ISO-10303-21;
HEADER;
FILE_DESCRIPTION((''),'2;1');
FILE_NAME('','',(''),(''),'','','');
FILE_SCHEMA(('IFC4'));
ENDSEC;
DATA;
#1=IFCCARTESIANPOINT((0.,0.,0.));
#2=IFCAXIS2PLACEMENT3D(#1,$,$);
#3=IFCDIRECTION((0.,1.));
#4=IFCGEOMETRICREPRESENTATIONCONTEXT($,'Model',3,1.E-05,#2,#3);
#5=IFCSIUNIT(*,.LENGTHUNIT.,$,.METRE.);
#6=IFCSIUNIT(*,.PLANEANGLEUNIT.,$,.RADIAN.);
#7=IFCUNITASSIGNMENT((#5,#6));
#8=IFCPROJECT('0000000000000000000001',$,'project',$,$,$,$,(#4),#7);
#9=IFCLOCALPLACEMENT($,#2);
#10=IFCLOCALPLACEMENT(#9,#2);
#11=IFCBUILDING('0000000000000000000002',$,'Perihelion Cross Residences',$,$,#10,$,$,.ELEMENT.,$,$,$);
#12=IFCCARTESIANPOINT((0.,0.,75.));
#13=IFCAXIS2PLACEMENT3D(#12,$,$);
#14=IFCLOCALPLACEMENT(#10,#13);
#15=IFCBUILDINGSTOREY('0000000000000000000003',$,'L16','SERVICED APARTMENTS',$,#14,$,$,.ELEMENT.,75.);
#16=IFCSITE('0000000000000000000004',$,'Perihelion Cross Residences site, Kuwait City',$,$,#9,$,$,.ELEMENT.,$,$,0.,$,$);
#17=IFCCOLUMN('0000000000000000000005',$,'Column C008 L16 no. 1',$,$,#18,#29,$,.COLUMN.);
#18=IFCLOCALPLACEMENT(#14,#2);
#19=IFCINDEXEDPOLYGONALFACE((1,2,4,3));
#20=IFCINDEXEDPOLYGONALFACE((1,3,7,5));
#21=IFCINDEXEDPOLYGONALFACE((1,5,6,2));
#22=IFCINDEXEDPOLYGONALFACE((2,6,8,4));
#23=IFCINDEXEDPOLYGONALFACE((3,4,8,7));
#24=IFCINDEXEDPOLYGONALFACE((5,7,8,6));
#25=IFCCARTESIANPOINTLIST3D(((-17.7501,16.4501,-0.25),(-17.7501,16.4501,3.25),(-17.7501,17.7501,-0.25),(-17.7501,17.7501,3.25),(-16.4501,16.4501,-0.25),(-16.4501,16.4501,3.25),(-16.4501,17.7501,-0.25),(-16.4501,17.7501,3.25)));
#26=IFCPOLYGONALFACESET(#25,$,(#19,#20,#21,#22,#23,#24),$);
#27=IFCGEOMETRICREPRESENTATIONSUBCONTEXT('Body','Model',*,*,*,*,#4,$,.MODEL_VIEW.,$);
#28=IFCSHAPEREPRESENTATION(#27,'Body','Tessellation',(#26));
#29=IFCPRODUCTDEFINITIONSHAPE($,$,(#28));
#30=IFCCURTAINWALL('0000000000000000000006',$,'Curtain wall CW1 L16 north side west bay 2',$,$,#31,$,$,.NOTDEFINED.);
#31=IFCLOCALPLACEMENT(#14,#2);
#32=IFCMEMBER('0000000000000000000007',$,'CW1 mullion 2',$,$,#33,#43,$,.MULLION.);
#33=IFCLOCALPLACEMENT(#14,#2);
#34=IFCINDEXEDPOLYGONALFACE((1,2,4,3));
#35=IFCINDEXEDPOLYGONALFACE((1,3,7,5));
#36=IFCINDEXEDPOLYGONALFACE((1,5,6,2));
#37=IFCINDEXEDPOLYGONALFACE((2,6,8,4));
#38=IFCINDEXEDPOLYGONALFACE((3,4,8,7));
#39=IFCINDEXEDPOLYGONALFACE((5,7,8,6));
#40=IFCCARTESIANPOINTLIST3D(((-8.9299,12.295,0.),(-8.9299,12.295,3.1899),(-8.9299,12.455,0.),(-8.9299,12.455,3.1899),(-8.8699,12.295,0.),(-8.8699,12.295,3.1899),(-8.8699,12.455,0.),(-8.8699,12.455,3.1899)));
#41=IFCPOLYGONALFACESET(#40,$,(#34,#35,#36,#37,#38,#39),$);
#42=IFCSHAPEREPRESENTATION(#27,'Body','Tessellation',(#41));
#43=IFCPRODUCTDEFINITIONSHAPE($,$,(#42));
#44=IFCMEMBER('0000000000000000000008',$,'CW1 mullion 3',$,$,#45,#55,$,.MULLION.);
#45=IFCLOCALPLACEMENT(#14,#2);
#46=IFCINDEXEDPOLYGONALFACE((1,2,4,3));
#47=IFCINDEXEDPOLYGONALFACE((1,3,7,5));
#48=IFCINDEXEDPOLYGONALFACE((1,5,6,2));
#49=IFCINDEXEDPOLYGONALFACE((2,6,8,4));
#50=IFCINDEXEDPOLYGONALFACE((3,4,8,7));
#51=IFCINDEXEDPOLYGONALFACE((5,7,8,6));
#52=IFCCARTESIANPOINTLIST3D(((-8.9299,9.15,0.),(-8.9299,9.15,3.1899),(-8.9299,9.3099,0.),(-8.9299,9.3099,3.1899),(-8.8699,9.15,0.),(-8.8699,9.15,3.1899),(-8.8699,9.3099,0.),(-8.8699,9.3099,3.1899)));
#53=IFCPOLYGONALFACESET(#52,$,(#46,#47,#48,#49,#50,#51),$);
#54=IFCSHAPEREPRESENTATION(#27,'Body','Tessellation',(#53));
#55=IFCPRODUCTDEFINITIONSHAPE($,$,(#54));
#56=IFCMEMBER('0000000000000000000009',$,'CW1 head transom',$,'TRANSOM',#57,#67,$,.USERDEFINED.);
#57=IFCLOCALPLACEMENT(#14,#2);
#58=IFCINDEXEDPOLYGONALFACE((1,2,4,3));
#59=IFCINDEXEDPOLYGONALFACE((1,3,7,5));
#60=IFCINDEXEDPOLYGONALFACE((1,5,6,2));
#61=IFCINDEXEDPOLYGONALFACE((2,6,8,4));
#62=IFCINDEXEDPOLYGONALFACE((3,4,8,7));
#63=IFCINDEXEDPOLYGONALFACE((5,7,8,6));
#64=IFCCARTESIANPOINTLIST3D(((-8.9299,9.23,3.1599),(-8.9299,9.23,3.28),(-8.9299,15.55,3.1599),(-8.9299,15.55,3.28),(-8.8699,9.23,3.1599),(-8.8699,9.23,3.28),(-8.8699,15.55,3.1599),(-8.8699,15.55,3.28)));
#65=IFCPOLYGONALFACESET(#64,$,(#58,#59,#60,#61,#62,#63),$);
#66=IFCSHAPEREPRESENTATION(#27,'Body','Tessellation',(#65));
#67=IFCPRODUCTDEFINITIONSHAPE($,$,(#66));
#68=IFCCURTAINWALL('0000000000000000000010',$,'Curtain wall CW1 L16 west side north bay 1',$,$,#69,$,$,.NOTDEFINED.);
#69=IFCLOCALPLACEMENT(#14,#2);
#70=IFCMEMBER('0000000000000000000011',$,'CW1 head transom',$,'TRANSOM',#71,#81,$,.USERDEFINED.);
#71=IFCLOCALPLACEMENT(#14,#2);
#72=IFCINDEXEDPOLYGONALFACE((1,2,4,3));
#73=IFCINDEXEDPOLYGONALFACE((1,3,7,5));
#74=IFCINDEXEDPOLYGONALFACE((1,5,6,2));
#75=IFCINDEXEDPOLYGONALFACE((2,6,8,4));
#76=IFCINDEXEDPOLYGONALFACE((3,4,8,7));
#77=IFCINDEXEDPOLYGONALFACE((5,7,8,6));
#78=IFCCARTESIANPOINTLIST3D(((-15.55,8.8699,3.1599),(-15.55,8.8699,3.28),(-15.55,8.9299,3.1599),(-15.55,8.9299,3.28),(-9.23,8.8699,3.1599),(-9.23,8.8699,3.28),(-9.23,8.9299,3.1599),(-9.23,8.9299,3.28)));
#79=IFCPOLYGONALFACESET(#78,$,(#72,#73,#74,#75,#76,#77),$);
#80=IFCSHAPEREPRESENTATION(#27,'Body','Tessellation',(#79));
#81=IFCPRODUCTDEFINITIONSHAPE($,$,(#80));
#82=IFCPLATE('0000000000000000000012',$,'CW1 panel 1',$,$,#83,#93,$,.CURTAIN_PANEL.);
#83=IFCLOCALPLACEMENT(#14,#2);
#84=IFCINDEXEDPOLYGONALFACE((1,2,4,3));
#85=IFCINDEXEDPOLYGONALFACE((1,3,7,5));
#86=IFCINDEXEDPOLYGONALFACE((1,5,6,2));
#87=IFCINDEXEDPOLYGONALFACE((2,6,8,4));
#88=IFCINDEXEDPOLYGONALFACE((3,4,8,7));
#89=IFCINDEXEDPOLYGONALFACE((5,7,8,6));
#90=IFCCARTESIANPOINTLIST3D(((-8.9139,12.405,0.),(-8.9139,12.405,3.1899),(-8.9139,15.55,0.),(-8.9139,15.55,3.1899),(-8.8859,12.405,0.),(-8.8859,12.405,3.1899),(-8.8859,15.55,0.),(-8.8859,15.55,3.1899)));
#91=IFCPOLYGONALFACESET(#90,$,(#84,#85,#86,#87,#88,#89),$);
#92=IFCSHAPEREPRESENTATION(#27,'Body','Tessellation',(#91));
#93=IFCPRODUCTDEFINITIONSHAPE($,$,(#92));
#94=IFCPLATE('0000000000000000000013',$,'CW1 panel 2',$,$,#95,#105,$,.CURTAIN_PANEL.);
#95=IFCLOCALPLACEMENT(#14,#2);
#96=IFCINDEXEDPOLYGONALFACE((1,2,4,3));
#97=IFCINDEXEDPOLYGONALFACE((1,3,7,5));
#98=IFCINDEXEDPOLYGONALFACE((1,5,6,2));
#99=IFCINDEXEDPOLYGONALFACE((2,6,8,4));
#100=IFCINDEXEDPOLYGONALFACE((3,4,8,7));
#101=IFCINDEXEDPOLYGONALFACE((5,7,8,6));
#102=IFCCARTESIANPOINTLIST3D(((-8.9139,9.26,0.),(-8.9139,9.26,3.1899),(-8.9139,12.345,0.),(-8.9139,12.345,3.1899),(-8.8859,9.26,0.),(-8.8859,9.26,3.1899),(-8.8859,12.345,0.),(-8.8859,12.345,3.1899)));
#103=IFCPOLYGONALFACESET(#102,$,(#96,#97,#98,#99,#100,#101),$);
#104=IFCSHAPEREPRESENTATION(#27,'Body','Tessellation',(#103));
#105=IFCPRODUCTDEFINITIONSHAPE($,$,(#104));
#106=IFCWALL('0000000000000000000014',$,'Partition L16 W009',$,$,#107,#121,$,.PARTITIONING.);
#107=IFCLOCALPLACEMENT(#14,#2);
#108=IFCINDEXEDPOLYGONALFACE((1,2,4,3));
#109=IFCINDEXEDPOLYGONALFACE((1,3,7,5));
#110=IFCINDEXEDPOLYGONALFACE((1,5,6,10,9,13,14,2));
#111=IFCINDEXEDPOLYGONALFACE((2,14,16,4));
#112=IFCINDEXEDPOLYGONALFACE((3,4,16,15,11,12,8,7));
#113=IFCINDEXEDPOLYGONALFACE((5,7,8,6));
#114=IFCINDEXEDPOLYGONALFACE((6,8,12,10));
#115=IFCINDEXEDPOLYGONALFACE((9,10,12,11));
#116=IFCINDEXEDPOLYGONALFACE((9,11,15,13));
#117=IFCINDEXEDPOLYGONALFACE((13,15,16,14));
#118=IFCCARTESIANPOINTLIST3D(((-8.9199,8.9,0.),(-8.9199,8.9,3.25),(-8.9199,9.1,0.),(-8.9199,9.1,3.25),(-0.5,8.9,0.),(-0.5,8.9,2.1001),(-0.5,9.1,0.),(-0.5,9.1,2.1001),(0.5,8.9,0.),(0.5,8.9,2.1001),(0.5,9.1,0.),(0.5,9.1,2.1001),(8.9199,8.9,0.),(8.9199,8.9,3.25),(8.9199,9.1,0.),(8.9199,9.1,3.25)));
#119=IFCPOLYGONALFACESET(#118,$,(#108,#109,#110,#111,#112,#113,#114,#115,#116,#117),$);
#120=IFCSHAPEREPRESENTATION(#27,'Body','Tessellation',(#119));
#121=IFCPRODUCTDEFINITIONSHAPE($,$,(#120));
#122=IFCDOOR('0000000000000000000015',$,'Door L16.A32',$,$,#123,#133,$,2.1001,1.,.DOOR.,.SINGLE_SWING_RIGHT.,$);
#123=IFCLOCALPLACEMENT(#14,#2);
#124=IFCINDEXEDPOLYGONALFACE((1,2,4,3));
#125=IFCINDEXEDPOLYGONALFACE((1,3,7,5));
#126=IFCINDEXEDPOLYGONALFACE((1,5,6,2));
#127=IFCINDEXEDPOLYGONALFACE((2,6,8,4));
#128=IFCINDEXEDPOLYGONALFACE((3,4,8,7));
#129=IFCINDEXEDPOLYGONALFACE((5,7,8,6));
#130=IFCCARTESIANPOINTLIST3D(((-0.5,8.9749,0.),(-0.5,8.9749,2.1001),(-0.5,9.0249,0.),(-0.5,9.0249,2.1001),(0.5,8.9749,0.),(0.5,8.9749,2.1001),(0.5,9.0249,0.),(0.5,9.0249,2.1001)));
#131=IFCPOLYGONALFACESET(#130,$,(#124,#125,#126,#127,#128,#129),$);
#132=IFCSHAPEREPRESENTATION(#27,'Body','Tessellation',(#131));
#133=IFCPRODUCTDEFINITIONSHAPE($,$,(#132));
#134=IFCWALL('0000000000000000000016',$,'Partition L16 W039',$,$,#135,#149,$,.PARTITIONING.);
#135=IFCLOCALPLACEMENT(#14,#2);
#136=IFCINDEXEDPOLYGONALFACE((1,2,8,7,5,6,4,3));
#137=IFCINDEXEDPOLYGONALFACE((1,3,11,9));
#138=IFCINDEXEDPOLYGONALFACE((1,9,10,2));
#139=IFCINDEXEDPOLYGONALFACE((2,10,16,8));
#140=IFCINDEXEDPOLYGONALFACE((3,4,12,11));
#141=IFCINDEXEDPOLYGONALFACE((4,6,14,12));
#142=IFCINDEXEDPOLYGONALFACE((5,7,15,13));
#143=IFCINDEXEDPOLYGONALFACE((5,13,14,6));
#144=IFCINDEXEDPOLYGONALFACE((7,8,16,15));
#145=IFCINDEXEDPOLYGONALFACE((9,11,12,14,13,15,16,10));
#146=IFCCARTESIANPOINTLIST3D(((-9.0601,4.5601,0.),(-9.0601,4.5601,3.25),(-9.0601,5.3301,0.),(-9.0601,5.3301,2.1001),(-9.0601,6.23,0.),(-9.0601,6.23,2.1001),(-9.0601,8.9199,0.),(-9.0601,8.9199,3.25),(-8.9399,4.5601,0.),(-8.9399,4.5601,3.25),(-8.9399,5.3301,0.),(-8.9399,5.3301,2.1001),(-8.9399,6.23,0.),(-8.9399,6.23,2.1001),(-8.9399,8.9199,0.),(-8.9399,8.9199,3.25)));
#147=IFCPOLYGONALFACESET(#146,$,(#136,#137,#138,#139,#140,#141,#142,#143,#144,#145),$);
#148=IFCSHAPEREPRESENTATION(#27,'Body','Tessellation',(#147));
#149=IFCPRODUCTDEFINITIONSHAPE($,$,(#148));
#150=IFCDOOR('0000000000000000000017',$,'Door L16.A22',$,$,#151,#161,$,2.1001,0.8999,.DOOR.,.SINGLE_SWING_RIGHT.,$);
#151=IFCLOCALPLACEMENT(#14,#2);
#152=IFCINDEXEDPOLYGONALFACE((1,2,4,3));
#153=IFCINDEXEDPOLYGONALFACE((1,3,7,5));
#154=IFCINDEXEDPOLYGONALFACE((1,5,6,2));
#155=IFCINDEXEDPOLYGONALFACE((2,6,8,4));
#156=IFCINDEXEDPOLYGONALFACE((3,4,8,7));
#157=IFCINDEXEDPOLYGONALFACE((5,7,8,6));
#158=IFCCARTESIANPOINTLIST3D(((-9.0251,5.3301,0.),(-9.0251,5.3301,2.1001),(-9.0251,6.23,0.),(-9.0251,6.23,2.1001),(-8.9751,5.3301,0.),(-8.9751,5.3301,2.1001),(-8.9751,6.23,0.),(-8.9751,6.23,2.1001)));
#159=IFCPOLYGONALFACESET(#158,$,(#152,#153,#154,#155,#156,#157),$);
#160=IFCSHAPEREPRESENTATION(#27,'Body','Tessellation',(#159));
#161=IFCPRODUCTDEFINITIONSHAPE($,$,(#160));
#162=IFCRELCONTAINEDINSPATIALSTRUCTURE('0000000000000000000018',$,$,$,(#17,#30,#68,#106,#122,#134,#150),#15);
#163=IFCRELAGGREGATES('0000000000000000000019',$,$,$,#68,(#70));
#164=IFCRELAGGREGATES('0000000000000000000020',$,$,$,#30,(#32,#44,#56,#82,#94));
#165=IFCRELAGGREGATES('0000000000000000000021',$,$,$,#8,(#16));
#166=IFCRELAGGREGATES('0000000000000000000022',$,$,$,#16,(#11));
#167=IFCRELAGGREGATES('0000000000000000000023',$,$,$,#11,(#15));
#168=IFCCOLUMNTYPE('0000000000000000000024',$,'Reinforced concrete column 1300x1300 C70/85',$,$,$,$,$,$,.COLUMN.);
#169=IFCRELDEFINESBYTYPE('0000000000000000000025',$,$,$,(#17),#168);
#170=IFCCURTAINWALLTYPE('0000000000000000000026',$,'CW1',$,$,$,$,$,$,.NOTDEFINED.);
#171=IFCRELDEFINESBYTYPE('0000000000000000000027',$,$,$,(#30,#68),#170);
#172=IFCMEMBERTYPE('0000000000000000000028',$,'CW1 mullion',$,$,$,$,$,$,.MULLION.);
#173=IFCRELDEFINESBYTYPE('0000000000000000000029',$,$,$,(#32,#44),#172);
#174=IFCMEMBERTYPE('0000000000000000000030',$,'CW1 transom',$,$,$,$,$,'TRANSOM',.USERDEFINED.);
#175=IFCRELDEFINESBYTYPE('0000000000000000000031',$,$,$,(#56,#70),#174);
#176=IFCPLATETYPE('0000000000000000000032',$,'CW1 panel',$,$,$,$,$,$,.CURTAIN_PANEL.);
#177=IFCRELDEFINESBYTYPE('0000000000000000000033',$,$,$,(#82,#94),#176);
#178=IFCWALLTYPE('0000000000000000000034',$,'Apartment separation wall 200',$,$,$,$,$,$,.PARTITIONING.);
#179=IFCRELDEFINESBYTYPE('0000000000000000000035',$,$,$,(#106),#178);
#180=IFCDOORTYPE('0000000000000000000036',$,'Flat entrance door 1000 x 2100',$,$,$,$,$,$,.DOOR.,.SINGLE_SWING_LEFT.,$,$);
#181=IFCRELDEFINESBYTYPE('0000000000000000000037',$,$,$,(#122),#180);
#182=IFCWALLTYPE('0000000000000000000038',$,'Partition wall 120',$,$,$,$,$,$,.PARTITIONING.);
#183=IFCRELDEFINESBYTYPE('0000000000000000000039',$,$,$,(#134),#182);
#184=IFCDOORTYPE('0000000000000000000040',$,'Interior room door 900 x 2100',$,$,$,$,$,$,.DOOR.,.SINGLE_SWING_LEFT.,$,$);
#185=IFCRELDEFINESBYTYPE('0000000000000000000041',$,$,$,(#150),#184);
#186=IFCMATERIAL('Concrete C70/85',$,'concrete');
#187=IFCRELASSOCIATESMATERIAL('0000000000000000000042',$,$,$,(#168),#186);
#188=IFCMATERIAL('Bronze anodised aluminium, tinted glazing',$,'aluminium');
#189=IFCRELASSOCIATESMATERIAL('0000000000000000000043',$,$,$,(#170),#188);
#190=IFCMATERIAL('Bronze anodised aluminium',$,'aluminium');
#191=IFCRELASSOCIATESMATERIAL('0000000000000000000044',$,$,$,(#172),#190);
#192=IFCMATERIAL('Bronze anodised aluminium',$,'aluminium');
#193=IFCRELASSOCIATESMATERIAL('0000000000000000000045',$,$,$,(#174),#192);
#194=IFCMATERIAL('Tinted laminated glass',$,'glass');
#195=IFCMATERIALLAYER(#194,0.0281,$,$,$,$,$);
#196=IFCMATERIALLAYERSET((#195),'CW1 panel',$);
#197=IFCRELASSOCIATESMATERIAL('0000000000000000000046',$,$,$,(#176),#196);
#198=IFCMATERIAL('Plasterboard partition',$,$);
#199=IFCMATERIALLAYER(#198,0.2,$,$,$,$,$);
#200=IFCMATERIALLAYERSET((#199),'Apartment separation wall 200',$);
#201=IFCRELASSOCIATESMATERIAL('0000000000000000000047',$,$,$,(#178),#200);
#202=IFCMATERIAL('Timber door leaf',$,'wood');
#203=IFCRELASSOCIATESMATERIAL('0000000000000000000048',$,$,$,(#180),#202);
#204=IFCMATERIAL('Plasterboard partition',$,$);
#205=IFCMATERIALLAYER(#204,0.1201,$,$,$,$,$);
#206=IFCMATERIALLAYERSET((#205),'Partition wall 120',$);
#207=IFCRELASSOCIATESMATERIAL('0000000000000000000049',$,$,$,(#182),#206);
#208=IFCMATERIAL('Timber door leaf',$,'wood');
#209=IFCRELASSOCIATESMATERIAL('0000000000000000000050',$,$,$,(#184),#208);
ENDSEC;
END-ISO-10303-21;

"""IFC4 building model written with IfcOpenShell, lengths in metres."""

from ifc_helpers import new_model, si_unit, direction, frame, frame_2d, origin, origin_2d, place, context, subcontext, project, spatial, rectangle, extrude, material, layer, layer_set, material_profile, profile_set, type_object, element, fill, aggregate, save


model = new_model("IFC4")

# Units and contexts
model_context = context("Model", 3, precision=1e-05, world=origin(), true_north=direction((0.0, 1.0)))
body_context = subcontext(model_context, "Body", "Model", "MODEL_VIEW")
ifc_project = project(units=[si_unit("LENGTHUNIT", "METRE"), si_unit("PLANEANGLEUNIT", "RADIAN")], contexts=[model_context])

# Site, building, storey
site_placement = place(None, origin())
site = spatial("IfcSite", under=ifc_project, at=site_placement, Name="Perihelion Cross Residences site, Kuwait City", CompositionType="ELEMENT", RefElevation=0.0)
building_placement = place(site_placement, origin())
building = spatial("IfcBuilding", under=site, at=building_placement, Name="Perihelion Cross Residences", CompositionType="ELEMENT")
storey_placement = place(building_placement, frame((0.0, 0.0, 75.0)))
storey = spatial("IfcBuildingStorey", under=building, at=storey_placement, Name="L16", Description="SERVICED APARTMENTS", CompositionType="ELEMENT", Elevation=75.0)

# Column
ifc_material_1 = material(Name="Concrete C70/85", Category="concrete")
ifc_material_profile_1 = material_profile(ifc_material_1, rectangle(XDim=1.3, YDim=1.3, at=origin_2d()), Name="RC 1300x1300")
ifc_profile_set_1 = profile_set([ifc_material_profile_1], Name="Concrete C70/85")
column_type = type_object("IfcColumnType", Name="Reinforced concrete column 1300x1300 C70/85", PredefinedType="COLUMN", material=ifc_profile_set_1)
column_placement = place(storey_placement, frame((-17.1001, 17.1001, -0.25), z_axis=(0.0, 0.0, 1.0), x_axis=(1.0, 0.0, 0.0)))
element("IfcColumn", 1, at=column_placement, inside=storey, type_object=column_type, Name="Column C008 L16 no. 1", PredefinedType="COLUMN", context=body_context, shape_type="SweptSolid", body=[
    extrude(rectangle(XDim=1.3, YDim=1.3, at=origin_2d()), origin(), (0.0, 0.0, 1.0), 3.5),
])

# Curtain wall, members
ifc_material_2 = material(Name="Bronze anodised aluminium, tinted glazing", Category="aluminium")
curtain_wall_type = type_object("IfcCurtainWallType", Name="CW1", PredefinedType="NOTDEFINED", material=ifc_material_2)
curtain_wall_1_placement = place(storey_placement, origin())
curtain_wall_1 = element("IfcCurtainWall", 2, at=curtain_wall_1_placement, inside=storey, type_object=curtain_wall_type, Name="Curtain wall CW1 L16 north side west bay 2", PredefinedType="NOTDEFINED")
ifc_material_3 = material(Name="Bronze anodised aluminium", Category="aluminium")
ifc_material_profile_2 = material_profile(ifc_material_3, rectangle(XDim=0.0601, YDim=0.1599, at=origin_2d()), Name="CW1 mullion")
ifc_profile_set_2 = profile_set([ifc_material_profile_2], Name="Bronze anodised aluminium")
member_type_1 = type_object("IfcMemberType", Name="CW1 mullion", PredefinedType="MULLION", material=ifc_profile_set_2)
member_1_placement = place(storey_placement, frame((-8.8999, 12.375, 0.0), z_axis=(0.0, 0.0, 1.0), x_axis=(1.0, 0.0, 0.0)))
member_1 = element("IfcMember", 3, at=member_1_placement, type_object=member_type_1, Name="CW1 mullion 2", PredefinedType="MULLION", context=body_context, shape_type="SweptSolid", body=[
    extrude(rectangle(XDim=0.0601, YDim=0.1599, at=origin_2d()), origin(), (0.0, 0.0, 1.0), 3.1899),
])
member_2_placement = place(storey_placement, frame((-8.8999, 9.23, 0.0), z_axis=(0.0, 0.0, 1.0), x_axis=(1.0, 0.0, 0.0)))
member_2 = element("IfcMember", 4, at=member_2_placement, type_object=member_type_1, Name="CW1 mullion 3", PredefinedType="MULLION", context=body_context, shape_type="SweptSolid", body=[
    extrude(rectangle(XDim=0.0601, YDim=0.1599, at=origin_2d()), origin(), (0.0, 0.0, 1.0), 3.1899),
])
ifc_material_4 = material(Name="Bronze anodised aluminium", Category="aluminium")
ifc_material_profile_3 = material_profile(ifc_material_4, rectangle(XDim=0.0601, YDim=0.1201, at=origin_2d()), Name="CW1 transom")
ifc_profile_set_3 = profile_set([ifc_material_profile_3], Name="Bronze anodised aluminium")
member_type_2 = type_object("IfcMemberType", Name="CW1 transom", ElementType="TRANSOM", PredefinedType="USERDEFINED", material=ifc_profile_set_3)
member_3_placement = place(storey_placement, frame((-8.8999, 15.55, 3.22), z_axis=(0.0, -1.0, 0.0), x_axis=(1.0, 0.0, 0.0)))
member_3 = element("IfcMember", 5, at=member_3_placement, type_object=member_type_2, Name="CW1 head transom", ObjectType="TRANSOM", PredefinedType="USERDEFINED", context=body_context, shape_type="SweptSolid", body=[
    extrude(rectangle(XDim=0.0601, YDim=0.1201, at=origin_2d()), origin(), (0.0, 0.0, 1.0), 6.3201),
])

# Curtain wall, member
curtain_wall_2_placement = place(storey_placement, origin())
curtain_wall_2 = element("IfcCurtainWall", 6, at=curtain_wall_2_placement, inside=storey, type_object=curtain_wall_type, Name="Curtain wall CW1 L16 west side north bay 1", PredefinedType="NOTDEFINED")
member_4_placement = place(storey_placement, frame((-9.23, 8.8999, 3.22), z_axis=(-1.0, 0.0, 0.0), x_axis=(0.0, -1.0, 0.0)))
member_4 = element("IfcMember", 7, at=member_4_placement, type_object=member_type_2, Name="CW1 head transom", ObjectType="TRANSOM", PredefinedType="USERDEFINED", context=body_context, shape_type="SweptSolid", body=[
    extrude(rectangle(XDim=0.0601, YDim=0.1201, at=origin_2d()), origin(), (0.0, 0.0, 1.0), 6.3201),
])
aggregate(curtain_wall_2, [member_4])

# Plates
ifc_material_5 = material(Name="Tinted laminated glass", Category="glass")
ifc_layer_1 = layer(ifc_material_5, 0.0281)
ifc_layer_set_1 = layer_set([ifc_layer_1], Name="CW1 panel")
plate_type = type_object("IfcPlateType", Name="CW1 panel", PredefinedType="CURTAIN_PANEL", material=ifc_layer_set_1)
plate_1_placement = place(storey_placement, frame((-8.8999, 13.9775, 0.0), z_axis=(0.0, 0.0, 1.0), x_axis=(0.0, -1.0, 0.0)))
plate_1 = element("IfcPlate", 8, at=plate_1_placement, type_object=plate_type, Name="CW1 panel 1", PredefinedType="CURTAIN_PANEL", context=body_context, shape_type="SweptSolid", body=[
    extrude(rectangle(XDim=3.145, YDim=0.0281, at=origin_2d()), origin(), (0.0, 0.0, 1.0), 3.1899),
])
plate_2_placement = place(storey_placement, frame((-8.8999, 10.8025, 0.0), z_axis=(0.0, 0.0, 1.0), x_axis=(0.0, -1.0, 0.0)))
plate_2 = element("IfcPlate", 9, at=plate_2_placement, type_object=plate_type, Name="CW1 panel 2", PredefinedType="CURTAIN_PANEL", context=body_context, shape_type="SweptSolid", body=[
    extrude(rectangle(XDim=3.085, YDim=0.0281, at=origin_2d()), origin(), (0.0, 0.0, 1.0), 3.1899),
])
aggregate(curtain_wall_1, [member_1, member_2, member_3, plate_1, plate_2])

# Walls, openings, doors
ifc_material_6 = material(Name="Plasterboard partition")
ifc_layer_2 = layer(ifc_material_6, 0.2)
ifc_layer_set_2 = layer_set([ifc_layer_2], Name="Apartment separation wall 200")
wall_type_1 = type_object("IfcWallType", Name="Apartment separation wall 200", PredefinedType="PARTITIONING", material=ifc_layer_set_2)
wall_1_placement = place(storey_placement, frame((-8.9199, 9.0, 0.0), z_axis=(0.0, 0.0, 1.0), x_axis=(1.0, 0.0, 0.0)))
wall_1 = element("IfcWall", 10, at=wall_1_placement, inside=storey, type_object=wall_type_1, Name="Partition L16 W009", PredefinedType="PARTITIONING", context=body_context, shape_type="SweptSolid", body=[
    extrude(rectangle(XDim=17.8398, YDim=0.2, at=frame_2d((8.9199, 0.0))), origin(), (0.0, 0.0, 1.0), 3.25),
])
opening_1_placement = place(wall_1_placement, frame((8.4199, 0.0, 0.0)))
opening_1 = element("IfcOpeningElement", 11, at=opening_1_placement, cuts=wall_1, PredefinedType="OPENING", context=body_context, shape_type="SweptSolid", body=[
    extrude(rectangle(XDim=1.0, YDim=2.1001, at=frame_2d((0.5, 1.05))), frame((0.0, 0.1099, 0.0), z_axis=(0.0, -1.0, 0.0), x_axis=(1.0, 0.0, 0.0)), (0.0, 0.0, 1.0), 0.22),
])
ifc_material_7 = material(Name="Timber door leaf", Category="wood")
door_type_1 = type_object("IfcDoorType", Name="Flat entrance door 1000 x 2100", OperationType="SINGLE_SWING_LEFT", PredefinedType="DOOR", material=ifc_material_7)
door_1_placement = place(opening_1_placement, origin())
door_1 = element("IfcDoor", 12, at=door_1_placement, inside=storey, type_object=door_type_1, Name="Door L16.A32", OperationType="SINGLE_SWING_RIGHT", OverallHeight=2.1001, OverallWidth=1.0, PredefinedType="DOOR", context=body_context, shape_type="SweptSolid", body=[
    extrude(rectangle(XDim=1.0, YDim=2.1001, at=frame_2d((0.5, 1.05))), frame((0.0, 0.0249, 0.0), z_axis=(0.0, -1.0, 0.0), x_axis=(1.0, 0.0, 0.0)), (0.0, 0.0, 1.0), 0.05),
])
fill(opening_1, door_1)
ifc_material_8 = material(Name="Plasterboard partition")
ifc_layer_3 = layer(ifc_material_8, 0.1201)
ifc_layer_set_3 = layer_set([ifc_layer_3], Name="Partition wall 120")
wall_type_2 = type_object("IfcWallType", Name="Partition wall 120", PredefinedType="PARTITIONING", material=ifc_layer_set_3)
wall_2_placement = place(storey_placement, frame((-9.0, 8.9199, 0.0), z_axis=(0.0, 0.0, 1.0), x_axis=(0.0, -1.0, 0.0)))
wall_2 = element("IfcWall", 13, at=wall_2_placement, inside=storey, type_object=wall_type_2, Name="Partition L16 W039", PredefinedType="PARTITIONING", context=body_context, shape_type="SweptSolid", body=[
    extrude(rectangle(XDim=4.3599, YDim=0.1201, at=frame_2d((2.1799, 0.0))), origin(), (0.0, 0.0, 1.0), 3.25),
])
opening_2_placement = place(wall_2_placement, frame((2.6899, 0.0, 0.0)))
opening_2 = element("IfcOpeningElement", 14, at=opening_2_placement, cuts=wall_2, PredefinedType="OPENING", context=body_context, shape_type="SweptSolid", body=[
    extrude(rectangle(XDim=0.8999, YDim=2.1001, at=frame_2d((0.45, 1.05))), frame((0.0, 0.0701, 0.0), z_axis=(0.0, -1.0, 0.0), x_axis=(1.0, 0.0, 0.0)), (0.0, 0.0, 1.0), 0.1401),
])
ifc_material_9 = material(Name="Timber door leaf", Category="wood")
door_type_2 = type_object("IfcDoorType", Name="Interior room door 900 x 2100", OperationType="SINGLE_SWING_LEFT", PredefinedType="DOOR", material=ifc_material_9)
door_2_placement = place(opening_2_placement, origin())
door_2 = element("IfcDoor", 15, at=door_2_placement, inside=storey, type_object=door_type_2, Name="Door L16.A22", OperationType="SINGLE_SWING_RIGHT", OverallHeight=2.1001, OverallWidth=0.8999, PredefinedType="DOOR", context=body_context, shape_type="SweptSolid", body=[
    extrude(rectangle(XDim=0.8999, YDim=2.1001, at=frame_2d((0.45, 1.05))), frame((0.0, 0.0249, 0.0), z_axis=(0.0, -1.0, 0.0), x_axis=(1.0, 0.0, 0.0)), (0.0, 0.0, 1.0), 0.05),
])
fill(opening_2, door_2)

save(model, "model.ifc")
